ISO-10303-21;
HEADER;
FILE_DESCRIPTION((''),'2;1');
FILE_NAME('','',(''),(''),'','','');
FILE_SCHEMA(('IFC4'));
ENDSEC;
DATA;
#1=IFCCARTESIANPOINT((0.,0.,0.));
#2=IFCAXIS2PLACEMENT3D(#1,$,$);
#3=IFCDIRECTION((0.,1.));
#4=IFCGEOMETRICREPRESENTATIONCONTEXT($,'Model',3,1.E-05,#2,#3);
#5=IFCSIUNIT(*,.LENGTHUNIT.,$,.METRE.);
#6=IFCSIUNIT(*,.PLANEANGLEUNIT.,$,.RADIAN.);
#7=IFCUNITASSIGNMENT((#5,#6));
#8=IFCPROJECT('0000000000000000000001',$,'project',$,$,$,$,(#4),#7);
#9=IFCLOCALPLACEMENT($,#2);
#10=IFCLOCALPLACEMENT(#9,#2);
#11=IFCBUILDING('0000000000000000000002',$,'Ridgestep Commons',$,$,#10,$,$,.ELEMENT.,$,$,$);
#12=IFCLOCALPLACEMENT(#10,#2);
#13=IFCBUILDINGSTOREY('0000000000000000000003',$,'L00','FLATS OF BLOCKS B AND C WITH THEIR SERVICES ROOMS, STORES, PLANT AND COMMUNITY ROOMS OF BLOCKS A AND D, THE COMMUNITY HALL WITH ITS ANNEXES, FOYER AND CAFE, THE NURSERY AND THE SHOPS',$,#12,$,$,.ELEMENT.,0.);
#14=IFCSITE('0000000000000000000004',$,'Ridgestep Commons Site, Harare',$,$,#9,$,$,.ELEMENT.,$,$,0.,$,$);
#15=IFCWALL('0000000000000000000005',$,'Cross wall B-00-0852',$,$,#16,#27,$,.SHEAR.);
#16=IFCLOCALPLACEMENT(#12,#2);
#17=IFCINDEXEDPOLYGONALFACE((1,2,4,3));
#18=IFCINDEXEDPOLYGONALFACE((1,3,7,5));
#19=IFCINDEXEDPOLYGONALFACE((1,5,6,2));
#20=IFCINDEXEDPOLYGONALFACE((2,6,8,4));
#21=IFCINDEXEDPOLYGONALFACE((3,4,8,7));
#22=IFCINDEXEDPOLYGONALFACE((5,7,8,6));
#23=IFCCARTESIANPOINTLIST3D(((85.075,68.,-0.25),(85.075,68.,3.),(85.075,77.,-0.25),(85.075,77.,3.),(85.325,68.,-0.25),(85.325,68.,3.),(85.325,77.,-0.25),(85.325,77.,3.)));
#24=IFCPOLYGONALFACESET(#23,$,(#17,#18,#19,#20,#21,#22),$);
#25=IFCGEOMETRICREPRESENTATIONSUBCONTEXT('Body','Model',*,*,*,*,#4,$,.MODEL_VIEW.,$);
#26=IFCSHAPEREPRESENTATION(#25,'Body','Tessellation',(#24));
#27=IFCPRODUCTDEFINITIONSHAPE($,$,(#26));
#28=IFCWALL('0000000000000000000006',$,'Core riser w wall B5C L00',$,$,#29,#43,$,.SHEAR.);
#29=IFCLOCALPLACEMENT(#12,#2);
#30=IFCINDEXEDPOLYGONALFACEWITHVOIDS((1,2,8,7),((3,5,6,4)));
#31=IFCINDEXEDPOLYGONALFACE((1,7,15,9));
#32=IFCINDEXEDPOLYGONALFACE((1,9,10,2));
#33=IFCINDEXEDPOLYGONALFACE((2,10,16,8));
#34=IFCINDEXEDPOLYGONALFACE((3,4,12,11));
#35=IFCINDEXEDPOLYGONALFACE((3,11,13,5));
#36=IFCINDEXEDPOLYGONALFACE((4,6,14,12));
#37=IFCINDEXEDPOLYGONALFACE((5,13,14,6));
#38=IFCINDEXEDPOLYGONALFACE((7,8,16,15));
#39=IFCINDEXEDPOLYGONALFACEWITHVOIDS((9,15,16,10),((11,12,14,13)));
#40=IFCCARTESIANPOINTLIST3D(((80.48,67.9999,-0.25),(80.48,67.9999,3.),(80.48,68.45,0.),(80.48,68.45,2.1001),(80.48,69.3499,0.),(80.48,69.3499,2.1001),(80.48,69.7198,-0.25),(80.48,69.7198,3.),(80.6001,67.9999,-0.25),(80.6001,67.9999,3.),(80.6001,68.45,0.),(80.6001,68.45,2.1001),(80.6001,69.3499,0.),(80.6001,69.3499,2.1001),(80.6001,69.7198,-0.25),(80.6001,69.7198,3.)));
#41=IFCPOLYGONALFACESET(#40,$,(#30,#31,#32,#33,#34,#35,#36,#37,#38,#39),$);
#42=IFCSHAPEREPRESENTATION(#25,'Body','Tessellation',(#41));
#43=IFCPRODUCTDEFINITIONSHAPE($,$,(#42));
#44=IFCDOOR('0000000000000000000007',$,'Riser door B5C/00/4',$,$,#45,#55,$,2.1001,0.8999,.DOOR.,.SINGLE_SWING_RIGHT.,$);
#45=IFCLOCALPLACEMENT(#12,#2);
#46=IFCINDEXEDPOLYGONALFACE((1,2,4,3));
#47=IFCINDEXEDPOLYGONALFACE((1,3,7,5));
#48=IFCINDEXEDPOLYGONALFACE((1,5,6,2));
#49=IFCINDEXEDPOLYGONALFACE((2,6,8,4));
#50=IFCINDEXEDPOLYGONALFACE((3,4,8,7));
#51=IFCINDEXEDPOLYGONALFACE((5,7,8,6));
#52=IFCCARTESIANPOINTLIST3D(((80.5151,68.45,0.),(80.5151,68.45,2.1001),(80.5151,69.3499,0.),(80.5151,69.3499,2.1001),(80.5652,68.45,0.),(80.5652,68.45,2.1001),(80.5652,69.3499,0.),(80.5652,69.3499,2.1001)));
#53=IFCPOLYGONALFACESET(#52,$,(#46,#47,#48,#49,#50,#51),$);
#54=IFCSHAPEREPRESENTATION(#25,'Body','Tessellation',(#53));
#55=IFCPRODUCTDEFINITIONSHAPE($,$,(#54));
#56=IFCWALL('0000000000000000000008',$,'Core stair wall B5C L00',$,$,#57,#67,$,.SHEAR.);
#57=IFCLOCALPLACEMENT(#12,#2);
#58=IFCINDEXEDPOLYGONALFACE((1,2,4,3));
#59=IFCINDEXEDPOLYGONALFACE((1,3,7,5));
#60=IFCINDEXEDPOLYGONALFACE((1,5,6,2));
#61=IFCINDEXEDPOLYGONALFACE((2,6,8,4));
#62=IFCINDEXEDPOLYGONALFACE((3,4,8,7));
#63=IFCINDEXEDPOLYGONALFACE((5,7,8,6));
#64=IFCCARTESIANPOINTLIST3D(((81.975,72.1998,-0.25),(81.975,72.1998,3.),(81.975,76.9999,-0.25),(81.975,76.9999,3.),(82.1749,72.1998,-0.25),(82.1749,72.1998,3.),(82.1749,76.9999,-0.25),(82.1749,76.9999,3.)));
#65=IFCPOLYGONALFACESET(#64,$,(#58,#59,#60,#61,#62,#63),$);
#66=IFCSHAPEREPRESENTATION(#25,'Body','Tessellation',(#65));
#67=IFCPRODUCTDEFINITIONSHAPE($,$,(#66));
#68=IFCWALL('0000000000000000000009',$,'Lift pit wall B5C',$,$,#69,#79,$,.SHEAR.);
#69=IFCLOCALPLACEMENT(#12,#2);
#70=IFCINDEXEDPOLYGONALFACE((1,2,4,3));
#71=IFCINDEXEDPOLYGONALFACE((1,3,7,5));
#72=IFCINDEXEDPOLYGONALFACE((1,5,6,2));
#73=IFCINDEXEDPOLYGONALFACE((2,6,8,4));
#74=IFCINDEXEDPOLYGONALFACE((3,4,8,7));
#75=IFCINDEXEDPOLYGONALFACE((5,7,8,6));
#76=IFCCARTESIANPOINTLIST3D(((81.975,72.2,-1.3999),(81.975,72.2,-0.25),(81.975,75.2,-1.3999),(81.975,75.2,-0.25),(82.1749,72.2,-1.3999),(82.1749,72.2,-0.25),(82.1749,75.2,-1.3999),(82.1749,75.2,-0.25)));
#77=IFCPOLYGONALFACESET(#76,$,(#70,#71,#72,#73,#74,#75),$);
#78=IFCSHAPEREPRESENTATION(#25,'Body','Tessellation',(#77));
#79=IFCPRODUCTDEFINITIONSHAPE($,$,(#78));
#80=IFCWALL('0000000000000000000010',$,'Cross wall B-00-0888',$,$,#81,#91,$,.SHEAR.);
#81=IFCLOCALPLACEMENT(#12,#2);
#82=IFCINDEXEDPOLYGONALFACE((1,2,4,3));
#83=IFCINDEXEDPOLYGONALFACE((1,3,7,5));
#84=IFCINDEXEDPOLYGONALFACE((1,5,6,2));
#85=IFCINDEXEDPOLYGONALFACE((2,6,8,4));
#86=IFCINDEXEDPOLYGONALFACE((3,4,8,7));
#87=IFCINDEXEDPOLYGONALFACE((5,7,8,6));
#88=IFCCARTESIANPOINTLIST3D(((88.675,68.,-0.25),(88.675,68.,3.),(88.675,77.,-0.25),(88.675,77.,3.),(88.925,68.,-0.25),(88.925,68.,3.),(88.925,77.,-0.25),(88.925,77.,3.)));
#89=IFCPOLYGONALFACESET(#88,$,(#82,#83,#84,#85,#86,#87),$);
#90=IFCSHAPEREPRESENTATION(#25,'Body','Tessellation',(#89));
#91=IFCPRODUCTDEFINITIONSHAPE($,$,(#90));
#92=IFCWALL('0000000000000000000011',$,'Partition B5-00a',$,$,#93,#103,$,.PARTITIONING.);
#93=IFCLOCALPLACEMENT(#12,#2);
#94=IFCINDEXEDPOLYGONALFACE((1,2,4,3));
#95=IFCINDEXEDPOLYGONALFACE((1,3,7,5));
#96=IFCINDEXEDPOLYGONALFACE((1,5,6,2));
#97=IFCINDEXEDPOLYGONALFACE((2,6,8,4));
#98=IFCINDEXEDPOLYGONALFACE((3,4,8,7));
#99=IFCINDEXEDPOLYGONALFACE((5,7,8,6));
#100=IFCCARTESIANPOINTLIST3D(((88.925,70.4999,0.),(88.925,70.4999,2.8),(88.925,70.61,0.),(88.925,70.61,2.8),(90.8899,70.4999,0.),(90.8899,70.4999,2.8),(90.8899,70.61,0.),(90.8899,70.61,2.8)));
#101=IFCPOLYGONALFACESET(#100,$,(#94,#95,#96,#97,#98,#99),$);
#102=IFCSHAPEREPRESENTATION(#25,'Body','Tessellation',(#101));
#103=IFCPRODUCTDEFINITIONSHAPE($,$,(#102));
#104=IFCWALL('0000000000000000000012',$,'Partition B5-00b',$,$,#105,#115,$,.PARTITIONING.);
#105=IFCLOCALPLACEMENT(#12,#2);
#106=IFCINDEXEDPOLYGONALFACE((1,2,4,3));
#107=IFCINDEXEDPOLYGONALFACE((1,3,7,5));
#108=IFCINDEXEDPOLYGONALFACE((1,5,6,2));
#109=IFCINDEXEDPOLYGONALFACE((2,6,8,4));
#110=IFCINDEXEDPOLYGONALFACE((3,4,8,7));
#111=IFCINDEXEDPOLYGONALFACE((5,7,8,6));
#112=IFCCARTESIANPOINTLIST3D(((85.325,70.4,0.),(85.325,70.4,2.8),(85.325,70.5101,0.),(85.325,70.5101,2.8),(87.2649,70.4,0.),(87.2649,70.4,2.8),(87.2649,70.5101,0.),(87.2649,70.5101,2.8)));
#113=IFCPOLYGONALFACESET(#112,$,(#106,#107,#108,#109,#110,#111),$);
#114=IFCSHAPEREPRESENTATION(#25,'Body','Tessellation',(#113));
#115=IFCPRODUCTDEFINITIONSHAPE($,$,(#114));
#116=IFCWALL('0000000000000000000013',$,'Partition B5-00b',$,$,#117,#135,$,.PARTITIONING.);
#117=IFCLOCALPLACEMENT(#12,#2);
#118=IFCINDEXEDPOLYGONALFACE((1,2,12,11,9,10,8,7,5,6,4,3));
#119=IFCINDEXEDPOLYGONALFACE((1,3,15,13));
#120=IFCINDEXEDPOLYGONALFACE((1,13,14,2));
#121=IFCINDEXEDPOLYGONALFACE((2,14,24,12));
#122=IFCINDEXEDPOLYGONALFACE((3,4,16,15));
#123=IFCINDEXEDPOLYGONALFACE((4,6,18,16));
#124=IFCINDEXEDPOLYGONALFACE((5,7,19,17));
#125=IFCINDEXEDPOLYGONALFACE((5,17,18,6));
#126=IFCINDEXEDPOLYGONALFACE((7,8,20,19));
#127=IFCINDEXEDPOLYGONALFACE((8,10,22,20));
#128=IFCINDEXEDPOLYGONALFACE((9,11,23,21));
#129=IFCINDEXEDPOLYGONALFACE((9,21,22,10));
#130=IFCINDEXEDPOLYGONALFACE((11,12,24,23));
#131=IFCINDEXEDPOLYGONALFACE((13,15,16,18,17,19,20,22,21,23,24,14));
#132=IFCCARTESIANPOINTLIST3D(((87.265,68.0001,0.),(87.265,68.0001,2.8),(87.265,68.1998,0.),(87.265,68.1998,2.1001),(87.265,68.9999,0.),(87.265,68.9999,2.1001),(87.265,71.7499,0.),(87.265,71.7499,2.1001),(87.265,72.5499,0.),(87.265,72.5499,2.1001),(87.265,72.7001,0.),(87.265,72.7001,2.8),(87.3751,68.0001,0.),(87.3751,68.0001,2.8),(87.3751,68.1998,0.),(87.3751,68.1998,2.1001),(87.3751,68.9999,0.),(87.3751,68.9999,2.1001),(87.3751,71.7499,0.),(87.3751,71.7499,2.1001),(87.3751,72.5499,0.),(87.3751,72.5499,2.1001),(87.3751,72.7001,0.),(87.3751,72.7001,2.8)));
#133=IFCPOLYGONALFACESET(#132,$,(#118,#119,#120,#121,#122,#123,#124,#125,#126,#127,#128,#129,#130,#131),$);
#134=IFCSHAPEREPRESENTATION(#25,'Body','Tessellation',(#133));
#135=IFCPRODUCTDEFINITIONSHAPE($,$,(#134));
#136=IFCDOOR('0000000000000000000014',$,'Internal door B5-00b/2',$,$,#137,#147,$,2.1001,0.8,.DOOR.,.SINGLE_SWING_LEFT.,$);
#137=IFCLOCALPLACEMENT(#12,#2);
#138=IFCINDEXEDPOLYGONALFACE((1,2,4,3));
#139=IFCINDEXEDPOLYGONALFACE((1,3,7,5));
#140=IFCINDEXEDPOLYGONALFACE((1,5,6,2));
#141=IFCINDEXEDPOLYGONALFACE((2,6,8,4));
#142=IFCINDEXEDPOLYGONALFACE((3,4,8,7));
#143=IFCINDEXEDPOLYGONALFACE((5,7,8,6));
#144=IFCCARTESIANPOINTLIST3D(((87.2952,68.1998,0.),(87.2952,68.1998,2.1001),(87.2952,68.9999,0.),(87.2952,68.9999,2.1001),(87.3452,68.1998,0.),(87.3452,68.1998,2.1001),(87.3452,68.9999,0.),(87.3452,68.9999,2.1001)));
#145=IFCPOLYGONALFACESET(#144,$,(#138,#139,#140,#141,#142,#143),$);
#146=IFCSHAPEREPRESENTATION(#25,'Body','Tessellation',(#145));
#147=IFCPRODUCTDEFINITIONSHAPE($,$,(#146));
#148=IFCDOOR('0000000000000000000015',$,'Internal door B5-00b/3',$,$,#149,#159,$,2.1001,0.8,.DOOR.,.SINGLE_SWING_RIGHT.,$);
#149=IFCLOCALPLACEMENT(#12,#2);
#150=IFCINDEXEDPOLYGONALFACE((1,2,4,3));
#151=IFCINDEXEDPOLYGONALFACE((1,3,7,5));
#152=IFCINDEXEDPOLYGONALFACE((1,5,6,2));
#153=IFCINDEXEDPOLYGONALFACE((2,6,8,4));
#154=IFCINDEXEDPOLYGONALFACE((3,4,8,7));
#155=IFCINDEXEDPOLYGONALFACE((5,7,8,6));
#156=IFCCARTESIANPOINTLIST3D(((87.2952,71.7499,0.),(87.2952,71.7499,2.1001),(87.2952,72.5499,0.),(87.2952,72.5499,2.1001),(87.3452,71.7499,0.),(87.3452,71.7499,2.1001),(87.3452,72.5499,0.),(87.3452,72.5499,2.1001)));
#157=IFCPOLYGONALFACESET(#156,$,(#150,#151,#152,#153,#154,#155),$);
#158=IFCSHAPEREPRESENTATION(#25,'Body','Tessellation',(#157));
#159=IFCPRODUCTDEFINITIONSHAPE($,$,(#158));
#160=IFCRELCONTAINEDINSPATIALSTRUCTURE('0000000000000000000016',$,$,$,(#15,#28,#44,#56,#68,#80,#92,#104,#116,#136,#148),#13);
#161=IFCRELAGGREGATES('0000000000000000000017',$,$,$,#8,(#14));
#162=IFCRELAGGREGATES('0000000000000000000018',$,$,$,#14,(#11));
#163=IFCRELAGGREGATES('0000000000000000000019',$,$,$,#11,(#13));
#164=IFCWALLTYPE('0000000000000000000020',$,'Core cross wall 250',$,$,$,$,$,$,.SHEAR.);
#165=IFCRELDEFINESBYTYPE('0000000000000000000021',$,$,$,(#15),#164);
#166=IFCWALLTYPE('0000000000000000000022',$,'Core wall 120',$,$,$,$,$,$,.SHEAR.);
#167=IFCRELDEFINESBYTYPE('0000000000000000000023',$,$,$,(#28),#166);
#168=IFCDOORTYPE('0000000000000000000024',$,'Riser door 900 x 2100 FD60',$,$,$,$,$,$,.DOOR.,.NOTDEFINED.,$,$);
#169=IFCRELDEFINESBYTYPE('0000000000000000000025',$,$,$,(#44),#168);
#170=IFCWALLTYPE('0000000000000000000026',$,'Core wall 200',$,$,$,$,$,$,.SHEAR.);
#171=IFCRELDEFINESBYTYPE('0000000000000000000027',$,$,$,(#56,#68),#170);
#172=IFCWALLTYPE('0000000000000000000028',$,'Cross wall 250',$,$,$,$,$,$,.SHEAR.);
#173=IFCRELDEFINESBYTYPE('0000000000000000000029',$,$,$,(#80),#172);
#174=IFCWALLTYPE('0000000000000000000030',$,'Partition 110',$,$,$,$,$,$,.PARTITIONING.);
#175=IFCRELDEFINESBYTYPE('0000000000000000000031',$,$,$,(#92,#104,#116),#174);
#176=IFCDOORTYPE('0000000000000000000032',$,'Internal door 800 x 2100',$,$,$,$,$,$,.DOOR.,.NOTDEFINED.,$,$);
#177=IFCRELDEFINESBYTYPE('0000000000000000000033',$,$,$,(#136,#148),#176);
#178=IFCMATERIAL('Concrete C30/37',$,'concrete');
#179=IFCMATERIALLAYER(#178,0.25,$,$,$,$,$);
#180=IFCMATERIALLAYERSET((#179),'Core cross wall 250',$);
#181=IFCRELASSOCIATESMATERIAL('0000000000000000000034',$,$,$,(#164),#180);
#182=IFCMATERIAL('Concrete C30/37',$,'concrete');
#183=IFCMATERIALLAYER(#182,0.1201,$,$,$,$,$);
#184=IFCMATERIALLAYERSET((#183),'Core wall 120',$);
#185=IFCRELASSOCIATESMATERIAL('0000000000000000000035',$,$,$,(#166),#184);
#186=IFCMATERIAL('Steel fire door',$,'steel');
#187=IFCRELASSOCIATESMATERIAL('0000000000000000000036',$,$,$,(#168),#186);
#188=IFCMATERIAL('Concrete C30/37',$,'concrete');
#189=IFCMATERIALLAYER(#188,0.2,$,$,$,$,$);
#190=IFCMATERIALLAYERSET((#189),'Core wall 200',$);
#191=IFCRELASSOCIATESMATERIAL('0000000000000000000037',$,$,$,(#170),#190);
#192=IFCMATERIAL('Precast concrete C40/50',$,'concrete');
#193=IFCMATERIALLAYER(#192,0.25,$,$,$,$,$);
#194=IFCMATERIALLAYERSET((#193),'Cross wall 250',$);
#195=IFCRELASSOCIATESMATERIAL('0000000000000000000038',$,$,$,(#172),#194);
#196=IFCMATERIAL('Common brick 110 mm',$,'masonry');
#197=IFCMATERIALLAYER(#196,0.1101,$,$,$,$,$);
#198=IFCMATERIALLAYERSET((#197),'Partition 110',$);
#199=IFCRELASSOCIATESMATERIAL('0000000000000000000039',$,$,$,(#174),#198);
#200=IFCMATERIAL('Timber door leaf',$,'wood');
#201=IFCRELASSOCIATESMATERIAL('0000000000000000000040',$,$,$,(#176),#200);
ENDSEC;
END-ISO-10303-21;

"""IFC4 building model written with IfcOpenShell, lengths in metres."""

from ifc_helpers import new_model, si_unit, direction, frame, frame_2d, origin, place, context, subcontext, project, spatial, rectangle, extrude, material, layer, layer_set, type_object, element, fill, save


model = new_model("IFC4")

# Units and contexts
model_context = context("Model", 3, precision=1e-05, world=origin(), true_north=direction((0.0, 1.0)))
body_context = subcontext(model_context, "Body", "Model", "MODEL_VIEW")
ifc_project = project(units=[si_unit("LENGTHUNIT", "METRE"), si_unit("PLANEANGLEUNIT", "RADIAN")], contexts=[model_context])

# Site, building, storey
site_placement = place(None, origin())
site = spatial("IfcSite", under=ifc_project, at=site_placement, Name="Ridgestep Commons Site, Harare", CompositionType="ELEMENT", RefElevation=0.0)
building_placement = place(site_placement, origin())
building = spatial("IfcBuilding", under=site, at=building_placement, Name="Ridgestep Commons", CompositionType="ELEMENT")
storey_placement = place(building_placement, origin())
storey = spatial("IfcBuildingStorey", under=building, at=storey_placement, Name="L00", Description="FLATS OF BLOCKS B AND C WITH THEIR SERVICES ROOMS, STORES, PLANT AND COMMUNITY ROOMS OF BLOCKS A AND D, THE COMMUNITY HALL WITH ITS ANNEXES, FOYER AND CAFE, THE NURSERY AND THE SHOPS", CompositionType="ELEMENT", Elevation=0.0)

# Wall
ifc_material_1 = material(Name="Concrete C30/37", Category="concrete")
ifc_layer_1 = layer(ifc_material_1, 0.25)
ifc_layer_set_1 = layer_set([ifc_layer_1], Name="Core cross wall 250")
wall_type_1 = type_object("IfcWallType", Name="Core cross wall 250", PredefinedType="SHEAR", material=ifc_layer_set_1)
wall_1_placement = place(storey_placement, frame((85.2, 68.0, -0.25), z_axis=(0.0, 0.0, 1.0), x_axis=(0.0, 1.0, 0.0)))
element("IfcWall", 1, at=wall_1_placement, inside=storey, type_object=wall_type_1, Name="Cross wall B-00-0852", PredefinedType="SHEAR", context=body_context, shape_type="SweptSolid", body=[
    extrude(rectangle(XDim=9.0, YDim=0.25, at=frame_2d((4.5, 0.0))), origin(), (0.0, 0.0, 1.0), 3.25),
])

# Wall, opening, door
ifc_material_2 = material(Name="Concrete C30/37", Category="concrete")
ifc_layer_2 = layer(ifc_material_2, 0.1201)
ifc_layer_set_2 = layer_set([ifc_layer_2], Name="Core wall 120")
wall_type_2 = type_object("IfcWallType", Name="Core wall 120", PredefinedType="SHEAR", material=ifc_layer_set_2)
wall_2_placement = place(storey_placement, frame((80.54, 68.0, -0.25), z_axis=(0.0, 0.0, 1.0), x_axis=(0.0, 1.0, 0.0)))
wall_2 = element("IfcWall", 2, at=wall_2_placement, inside=storey, type_object=wall_type_2, Name="Core riser w wall B5C L00", PredefinedType="SHEAR", context=body_context, shape_type="SweptSolid", body=[
    extrude(rectangle(XDim=1.72, YDim=0.1201, at=frame_2d((0.8599, 0.0))), origin(), (0.0, 0.0, 1.0), 3.25),
])
opening_1_placement = place(wall_2_placement, frame((0.45, 0.0, 0.25)))
opening_1 = element("IfcOpeningElement", 3, at=opening_1_placement, cuts=wall_2, PredefinedType="OPENING", context=body_context, shape_type="SweptSolid", body=[
    extrude(rectangle(XDim=0.8999, YDim=2.1001, at=frame_2d((0.45, 1.05))), frame((0.0, 0.0701, 0.0), z_axis=(0.0, -1.0, 0.0), x_axis=(1.0, 0.0, 0.0)), (0.0, 0.0, 1.0), 0.1401),
])
ifc_material_3 = material(Name="Steel fire door", Category="steel")
door_type_1 = type_object("IfcDoorType", Name="Riser door 900 x 2100 FD60", OperationType="NOTDEFINED", PredefinedType="DOOR", material=ifc_material_3)
door_1_placement = place(opening_1_placement, origin())
door_1 = element("IfcDoor", 4, at=door_1_placement, inside=storey, type_object=door_type_1, Name="Riser door B5C/00/4", OperationType="SINGLE_SWING_RIGHT", OverallHeight=2.1001, OverallWidth=0.8999, PredefinedType="DOOR", context=body_context, shape_type="SweptSolid", body=[
    extrude(rectangle(XDim=0.8999, YDim=2.1001, at=frame_2d((0.45, 1.05))), frame((0.0, 0.0249, 0.0), z_axis=(0.0, -1.0, 0.0), x_axis=(1.0, 0.0, 0.0)), (0.0, 0.0, 1.0), 0.05),
])
fill(opening_1, door_1)

# Walls
ifc_material_4 = material(Name="Concrete C30/37", Category="concrete")
ifc_layer_3 = layer(ifc_material_4, 0.2)
ifc_layer_set_3 = layer_set([ifc_layer_3], Name="Core wall 200")
wall_type_3 = type_object("IfcWallType", Name="Core wall 200", PredefinedType="SHEAR", material=ifc_layer_set_3)
wall_3_placement = place(storey_placement, frame((82.075, 72.2, -0.25), z_axis=(0.0, 0.0, 1.0), x_axis=(0.0, 1.0, 0.0)))
element("IfcWall", 5, at=wall_3_placement, inside=storey, type_object=wall_type_3, Name="Core stair wall B5C L00", PredefinedType="SHEAR", context=body_context, shape_type="SweptSolid", body=[
    extrude(rectangle(XDim=4.8, YDim=0.2, at=frame_2d((2.3999, 0.0))), origin(), (0.0, 0.0, 1.0), 3.25),
])
wall_4_placement = place(storey_placement, frame((82.075, 72.2, -1.3999), z_axis=(0.0, 0.0, 1.0), x_axis=(0.0, 1.0, 0.0)))
element("IfcWall", 6, at=wall_4_placement, inside=storey, type_object=wall_type_3, Name="Lift pit wall B5C", PredefinedType="SHEAR", context=body_context, shape_type="SweptSolid", body=[
    extrude(rectangle(XDim=3.0, YDim=0.2, at=frame_2d((1.5, 0.0))), origin(), (0.0, 0.0, 1.0), 1.1499),
])
ifc_material_5 = material(Name="Precast concrete C40/50", Category="concrete")
ifc_layer_4 = layer(ifc_material_5, 0.25)
ifc_layer_set_4 = layer_set([ifc_layer_4], Name="Cross wall 250")
wall_type_4 = type_object("IfcWallType", Name="Cross wall 250", PredefinedType="SHEAR", material=ifc_layer_set_4)
wall_5_placement = place(storey_placement, frame((88.8, 68.0, -0.25), z_axis=(0.0, 0.0, 1.0), x_axis=(0.0, 1.0, 0.0)))
element("IfcWall", 7, at=wall_5_placement, inside=storey, type_object=wall_type_4, Name="Cross wall B-00-0888", PredefinedType="SHEAR", context=body_context, shape_type="SweptSolid", body=[
    extrude(rectangle(XDim=9.0, YDim=0.25, at=frame_2d((4.5, 0.0))), origin(), (0.0, 0.0, 1.0), 3.25),
])
ifc_material_6 = material(Name="Common brick 110 mm", Category="masonry")
ifc_layer_5 = layer(ifc_material_6, 0.1101)
ifc_layer_set_5 = layer_set([ifc_layer_5], Name="Partition 110")
wall_type_5 = type_object("IfcWallType", Name="Partition 110", PredefinedType="PARTITIONING", material=ifc_layer_set_5)
wall_6_placement = place(storey_placement, frame((88.925, 70.5549, 0.0), z_axis=(0.0, 0.0, 1.0), x_axis=(1.0, 0.0, 0.0)))
element("IfcWall", 8, at=wall_6_placement, inside=storey, type_object=wall_type_5, Name="Partition B5-00a", PredefinedType="PARTITIONING", context=body_context, shape_type="SweptSolid", body=[
    extrude(rectangle(XDim=1.9648, YDim=0.1101, at=frame_2d((0.9824, 0.0))), origin(), (0.0, 0.0, 1.0), 2.8),
])
wall_7_placement = place(storey_placement, frame((85.325, 70.4551, 0.0), z_axis=(0.0, 0.0, 1.0), x_axis=(1.0, 0.0, 0.0)))
element("IfcWall", 9, at=wall_7_placement, inside=storey, type_object=wall_type_5, Name="Partition B5-00b", PredefinedType="PARTITIONING", context=body_context, shape_type="SweptSolid", body=[
    extrude(rectangle(XDim=1.9399, YDim=0.1101, at=frame_2d((0.97, 0.0))), origin(), (0.0, 0.0, 1.0), 2.8),
])

# Wall, openings, doors
wall_8_placement = place(storey_placement, frame((87.3201, 68.0, 0.0), z_axis=(0.0, 0.0, 1.0), x_axis=(0.0, 1.0, 0.0)))
wall_8 = element("IfcWall", 10, at=wall_8_placement, inside=storey, type_object=wall_type_5, Name="Partition B5-00b", PredefinedType="PARTITIONING", context=body_context, shape_type="SweptSolid", body=[
    extrude(rectangle(XDim=4.7, YDim=0.1101, at=frame_2d((2.3501, 0.0))), origin(), (0.0, 0.0, 1.0), 2.8),
])
opening_2_placement = place(wall_8_placement, frame((0.2, 0.0, 0.0)))
opening_2 = element("IfcOpeningElement", 11, at=opening_2_placement, cuts=wall_8, PredefinedType="OPENING", context=body_context, shape_type="SweptSolid", body=[
    extrude(rectangle(XDim=0.8, YDim=2.1001, at=frame_2d((0.3999, 1.05))), frame((0.0, 0.0649, 0.0), z_axis=(0.0, -1.0, 0.0), x_axis=(1.0, 0.0, 0.0)), (0.0, 0.0, 1.0), 0.1301),
])
opening_3_placement = place(wall_8_placement, frame((3.75, 0.0, 0.0)))
opening_3 = element("IfcOpeningElement", 12, at=opening_3_placement, cuts=wall_8, PredefinedType="OPENING", context=body_context, shape_type="SweptSolid", body=[
    extrude(rectangle(XDim=0.8, YDim=2.1001, at=frame_2d((0.3999, 1.05))), frame((0.0, 0.0649, 0.0), z_axis=(0.0, -1.0, 0.0), x_axis=(1.0, 0.0, 0.0)), (0.0, 0.0, 1.0), 0.1301),
])
ifc_material_7 = material(Name="Timber door leaf", Category="wood")
door_type_2 = type_object("IfcDoorType", Name="Internal door 800 x 2100", OperationType="NOTDEFINED", PredefinedType="DOOR", material=ifc_material_7)
door_2_placement = place(opening_2_placement, origin())
door_2 = element("IfcDoor", 13, at=door_2_placement, inside=storey, type_object=door_type_2, Name="Internal door B5-00b/2", OperationType="SINGLE_SWING_LEFT", OverallHeight=2.1001, OverallWidth=0.8, PredefinedType="DOOR", context=body_context, shape_type="SweptSolid", body=[
    extrude(rectangle(XDim=0.8, YDim=2.1001, at=frame_2d((0.3999, 1.05))), frame((0.0, 0.0249, 0.0), z_axis=(0.0, -1.0, 0.0), x_axis=(1.0, 0.0, 0.0)), (0.0, 0.0, 1.0), 0.05),
])
fill(opening_2, door_2)
door_3_placement = place(opening_3_placement, origin())
door_3 = element("IfcDoor", 14, at=door_3_placement, inside=storey, type_object=door_type_2, Name="Internal door B5-00b/3", OperationType="SINGLE_SWING_RIGHT", OverallHeight=2.1001, OverallWidth=0.8, PredefinedType="DOOR", context=body_context, shape_type="SweptSolid", body=[
    extrude(rectangle(XDim=0.8, YDim=2.1001, at=frame_2d((0.3999, 1.05))), frame((0.0, 0.0249, 0.0), z_axis=(0.0, -1.0, 0.0), x_axis=(1.0, 0.0, 0.0)), (0.0, 0.0, 1.0), 0.05),
])
fill(opening_3, door_3)

save(model, "model.ifc")
